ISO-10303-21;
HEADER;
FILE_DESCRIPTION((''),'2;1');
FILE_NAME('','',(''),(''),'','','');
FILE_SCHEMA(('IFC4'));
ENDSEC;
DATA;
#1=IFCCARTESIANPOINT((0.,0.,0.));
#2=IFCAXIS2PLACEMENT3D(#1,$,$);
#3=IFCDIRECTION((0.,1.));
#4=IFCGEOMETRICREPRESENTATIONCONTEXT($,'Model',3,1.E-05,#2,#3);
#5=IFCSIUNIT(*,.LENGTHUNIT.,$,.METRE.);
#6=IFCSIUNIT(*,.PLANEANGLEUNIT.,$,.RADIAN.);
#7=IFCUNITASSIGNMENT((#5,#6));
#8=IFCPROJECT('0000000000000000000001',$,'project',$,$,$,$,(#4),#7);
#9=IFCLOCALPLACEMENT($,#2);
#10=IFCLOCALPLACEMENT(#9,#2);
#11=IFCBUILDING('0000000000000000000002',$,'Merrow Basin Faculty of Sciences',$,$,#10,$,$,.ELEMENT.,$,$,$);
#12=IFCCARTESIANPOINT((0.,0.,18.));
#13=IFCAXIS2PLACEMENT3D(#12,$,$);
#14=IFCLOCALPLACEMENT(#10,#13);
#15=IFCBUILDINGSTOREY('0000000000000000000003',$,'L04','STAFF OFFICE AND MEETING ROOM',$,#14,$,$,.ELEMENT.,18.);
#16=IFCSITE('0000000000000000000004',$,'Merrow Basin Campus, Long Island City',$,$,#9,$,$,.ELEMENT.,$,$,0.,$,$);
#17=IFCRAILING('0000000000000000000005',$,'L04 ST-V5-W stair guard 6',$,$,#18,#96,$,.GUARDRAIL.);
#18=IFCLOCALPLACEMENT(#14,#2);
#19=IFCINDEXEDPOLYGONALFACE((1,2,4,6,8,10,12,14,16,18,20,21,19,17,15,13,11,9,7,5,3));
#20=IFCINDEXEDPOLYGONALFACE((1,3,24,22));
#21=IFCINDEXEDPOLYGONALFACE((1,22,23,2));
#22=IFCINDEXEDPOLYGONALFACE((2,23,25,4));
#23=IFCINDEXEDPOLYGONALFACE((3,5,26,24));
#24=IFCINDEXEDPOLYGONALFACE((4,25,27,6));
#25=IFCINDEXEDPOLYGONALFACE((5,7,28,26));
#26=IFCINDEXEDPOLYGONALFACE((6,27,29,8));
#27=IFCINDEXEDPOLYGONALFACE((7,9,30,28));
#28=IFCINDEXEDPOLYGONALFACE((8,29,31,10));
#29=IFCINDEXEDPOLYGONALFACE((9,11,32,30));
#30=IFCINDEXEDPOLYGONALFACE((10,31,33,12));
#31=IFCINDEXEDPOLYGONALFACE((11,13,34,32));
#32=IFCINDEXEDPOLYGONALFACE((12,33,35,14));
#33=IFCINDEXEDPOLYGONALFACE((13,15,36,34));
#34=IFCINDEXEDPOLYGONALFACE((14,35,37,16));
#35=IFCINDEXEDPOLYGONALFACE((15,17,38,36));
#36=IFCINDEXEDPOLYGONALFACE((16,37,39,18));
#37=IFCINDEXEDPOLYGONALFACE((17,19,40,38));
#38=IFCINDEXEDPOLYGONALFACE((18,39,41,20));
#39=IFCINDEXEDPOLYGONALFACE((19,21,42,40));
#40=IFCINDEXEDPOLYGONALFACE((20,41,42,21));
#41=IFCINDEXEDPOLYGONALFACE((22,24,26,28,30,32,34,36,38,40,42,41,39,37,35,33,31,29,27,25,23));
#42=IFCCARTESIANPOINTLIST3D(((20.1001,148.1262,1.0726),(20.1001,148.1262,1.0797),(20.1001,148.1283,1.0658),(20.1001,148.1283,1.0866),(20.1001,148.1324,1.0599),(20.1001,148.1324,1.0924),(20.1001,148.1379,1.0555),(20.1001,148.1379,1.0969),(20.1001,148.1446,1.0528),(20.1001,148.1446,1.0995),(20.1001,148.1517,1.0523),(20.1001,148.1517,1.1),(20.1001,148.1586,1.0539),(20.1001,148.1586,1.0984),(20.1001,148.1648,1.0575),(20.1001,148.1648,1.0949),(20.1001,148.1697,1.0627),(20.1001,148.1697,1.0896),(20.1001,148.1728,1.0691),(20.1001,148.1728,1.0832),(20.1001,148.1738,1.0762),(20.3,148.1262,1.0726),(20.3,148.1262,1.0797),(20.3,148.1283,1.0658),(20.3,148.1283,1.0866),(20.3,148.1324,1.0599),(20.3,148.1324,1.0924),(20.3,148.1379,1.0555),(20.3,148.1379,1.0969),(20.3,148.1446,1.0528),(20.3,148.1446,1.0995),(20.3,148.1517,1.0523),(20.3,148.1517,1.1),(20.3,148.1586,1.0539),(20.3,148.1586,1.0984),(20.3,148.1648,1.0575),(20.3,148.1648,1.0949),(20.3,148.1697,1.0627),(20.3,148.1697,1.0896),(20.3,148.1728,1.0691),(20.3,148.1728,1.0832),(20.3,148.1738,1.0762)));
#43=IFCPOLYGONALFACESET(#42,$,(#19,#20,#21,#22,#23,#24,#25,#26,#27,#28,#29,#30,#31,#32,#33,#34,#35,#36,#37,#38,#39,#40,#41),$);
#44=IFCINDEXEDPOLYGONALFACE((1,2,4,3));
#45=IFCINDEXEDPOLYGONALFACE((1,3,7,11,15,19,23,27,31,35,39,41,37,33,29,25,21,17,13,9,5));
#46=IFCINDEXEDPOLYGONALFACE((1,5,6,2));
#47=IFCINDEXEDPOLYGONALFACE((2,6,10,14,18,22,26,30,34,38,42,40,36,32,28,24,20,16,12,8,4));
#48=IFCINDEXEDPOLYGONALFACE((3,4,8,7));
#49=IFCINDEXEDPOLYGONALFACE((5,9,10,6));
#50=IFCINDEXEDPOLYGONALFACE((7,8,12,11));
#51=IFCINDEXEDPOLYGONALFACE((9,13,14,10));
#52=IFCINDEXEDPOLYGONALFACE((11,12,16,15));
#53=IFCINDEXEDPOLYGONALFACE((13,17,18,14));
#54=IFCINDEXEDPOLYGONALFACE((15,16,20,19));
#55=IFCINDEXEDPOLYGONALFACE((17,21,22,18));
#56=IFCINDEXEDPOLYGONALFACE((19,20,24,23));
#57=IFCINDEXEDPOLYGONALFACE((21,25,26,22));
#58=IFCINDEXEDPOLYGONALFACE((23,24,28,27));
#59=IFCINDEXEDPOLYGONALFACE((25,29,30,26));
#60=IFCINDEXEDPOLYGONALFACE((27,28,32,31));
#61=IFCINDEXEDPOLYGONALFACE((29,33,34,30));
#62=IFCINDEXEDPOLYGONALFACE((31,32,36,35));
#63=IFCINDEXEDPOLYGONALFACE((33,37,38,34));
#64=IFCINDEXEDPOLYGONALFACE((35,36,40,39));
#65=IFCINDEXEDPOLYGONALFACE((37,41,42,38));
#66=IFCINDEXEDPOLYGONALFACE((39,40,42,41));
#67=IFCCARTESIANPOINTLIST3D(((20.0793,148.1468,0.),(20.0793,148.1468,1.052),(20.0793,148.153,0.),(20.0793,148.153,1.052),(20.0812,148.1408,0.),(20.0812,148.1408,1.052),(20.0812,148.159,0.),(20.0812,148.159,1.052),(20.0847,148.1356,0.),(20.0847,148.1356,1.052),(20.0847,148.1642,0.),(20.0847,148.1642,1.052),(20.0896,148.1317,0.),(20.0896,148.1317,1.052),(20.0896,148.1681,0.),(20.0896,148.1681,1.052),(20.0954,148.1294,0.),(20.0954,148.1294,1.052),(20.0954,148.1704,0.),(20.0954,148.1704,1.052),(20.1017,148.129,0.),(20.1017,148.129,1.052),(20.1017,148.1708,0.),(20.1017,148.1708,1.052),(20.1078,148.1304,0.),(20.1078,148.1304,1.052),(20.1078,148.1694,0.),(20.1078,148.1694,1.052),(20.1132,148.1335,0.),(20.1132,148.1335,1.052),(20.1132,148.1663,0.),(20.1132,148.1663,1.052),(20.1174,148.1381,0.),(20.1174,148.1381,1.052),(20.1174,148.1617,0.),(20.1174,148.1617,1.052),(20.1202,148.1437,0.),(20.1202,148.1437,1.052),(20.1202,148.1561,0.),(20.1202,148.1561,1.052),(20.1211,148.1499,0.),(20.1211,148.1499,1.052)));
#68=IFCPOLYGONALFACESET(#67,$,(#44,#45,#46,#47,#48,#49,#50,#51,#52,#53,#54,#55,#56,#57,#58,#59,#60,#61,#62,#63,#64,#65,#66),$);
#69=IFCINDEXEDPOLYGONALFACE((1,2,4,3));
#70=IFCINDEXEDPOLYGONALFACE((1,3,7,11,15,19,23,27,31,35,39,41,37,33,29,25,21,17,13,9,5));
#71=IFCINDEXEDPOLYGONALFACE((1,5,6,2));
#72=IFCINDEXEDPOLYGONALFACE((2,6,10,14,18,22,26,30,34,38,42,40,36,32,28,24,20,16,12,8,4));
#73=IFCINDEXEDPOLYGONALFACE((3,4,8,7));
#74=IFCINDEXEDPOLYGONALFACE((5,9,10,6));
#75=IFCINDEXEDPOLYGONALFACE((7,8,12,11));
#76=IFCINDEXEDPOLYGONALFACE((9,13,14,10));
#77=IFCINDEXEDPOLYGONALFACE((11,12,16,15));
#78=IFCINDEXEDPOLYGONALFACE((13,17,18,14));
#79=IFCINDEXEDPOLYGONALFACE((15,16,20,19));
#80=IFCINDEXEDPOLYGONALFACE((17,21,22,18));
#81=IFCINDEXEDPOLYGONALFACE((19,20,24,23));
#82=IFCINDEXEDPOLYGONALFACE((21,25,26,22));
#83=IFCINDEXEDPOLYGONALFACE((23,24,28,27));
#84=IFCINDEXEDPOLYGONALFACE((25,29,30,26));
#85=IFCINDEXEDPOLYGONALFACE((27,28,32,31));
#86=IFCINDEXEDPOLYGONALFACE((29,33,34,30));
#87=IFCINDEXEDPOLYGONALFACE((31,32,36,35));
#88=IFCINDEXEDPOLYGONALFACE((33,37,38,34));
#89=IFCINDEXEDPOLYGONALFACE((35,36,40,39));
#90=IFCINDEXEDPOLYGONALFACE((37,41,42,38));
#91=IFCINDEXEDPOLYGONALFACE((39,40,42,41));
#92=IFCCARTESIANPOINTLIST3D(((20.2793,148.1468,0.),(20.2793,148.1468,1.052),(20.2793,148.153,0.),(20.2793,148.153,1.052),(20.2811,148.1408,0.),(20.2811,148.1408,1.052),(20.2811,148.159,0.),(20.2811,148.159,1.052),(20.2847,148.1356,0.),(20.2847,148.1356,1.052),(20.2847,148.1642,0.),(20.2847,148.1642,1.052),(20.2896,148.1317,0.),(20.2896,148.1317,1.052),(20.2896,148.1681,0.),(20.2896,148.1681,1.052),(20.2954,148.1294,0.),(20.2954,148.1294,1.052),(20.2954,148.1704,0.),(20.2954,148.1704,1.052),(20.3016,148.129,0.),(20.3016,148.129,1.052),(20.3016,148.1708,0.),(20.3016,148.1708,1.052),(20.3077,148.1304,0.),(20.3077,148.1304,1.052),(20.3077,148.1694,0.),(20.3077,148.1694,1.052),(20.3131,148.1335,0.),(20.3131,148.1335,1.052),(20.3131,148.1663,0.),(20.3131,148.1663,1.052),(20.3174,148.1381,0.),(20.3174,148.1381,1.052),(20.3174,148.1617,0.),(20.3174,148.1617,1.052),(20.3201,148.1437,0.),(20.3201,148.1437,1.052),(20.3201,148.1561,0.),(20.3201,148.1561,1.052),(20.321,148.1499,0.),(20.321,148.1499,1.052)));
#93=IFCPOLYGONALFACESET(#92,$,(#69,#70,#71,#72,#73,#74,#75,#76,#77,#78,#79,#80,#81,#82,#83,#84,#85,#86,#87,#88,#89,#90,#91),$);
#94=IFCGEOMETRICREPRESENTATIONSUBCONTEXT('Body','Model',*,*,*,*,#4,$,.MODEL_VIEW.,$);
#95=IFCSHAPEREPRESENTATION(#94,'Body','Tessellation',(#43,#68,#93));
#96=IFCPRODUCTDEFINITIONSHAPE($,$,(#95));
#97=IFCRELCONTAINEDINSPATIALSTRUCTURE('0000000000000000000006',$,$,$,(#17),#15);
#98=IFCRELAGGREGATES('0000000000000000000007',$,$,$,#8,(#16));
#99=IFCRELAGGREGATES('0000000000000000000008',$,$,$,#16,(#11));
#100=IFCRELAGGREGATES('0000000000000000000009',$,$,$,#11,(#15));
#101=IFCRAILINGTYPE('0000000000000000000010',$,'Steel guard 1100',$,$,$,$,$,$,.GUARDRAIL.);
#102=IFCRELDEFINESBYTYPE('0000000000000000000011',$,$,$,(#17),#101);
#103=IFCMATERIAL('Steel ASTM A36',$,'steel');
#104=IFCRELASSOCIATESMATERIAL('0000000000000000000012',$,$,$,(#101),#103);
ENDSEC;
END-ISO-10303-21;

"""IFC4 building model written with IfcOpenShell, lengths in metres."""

from ifc_helpers import new_model, si_unit, direction, frame, origin, origin_2d, place, context, subcontext, project, spatial, circle, extrude, material, type_object, element, save


model = new_model("IFC4")

# Units and contexts
model_context = context("Model", 3, precision=1e-05, world=origin(), true_north=direction((0.0, 1.0)))
body_context = subcontext(model_context, "Body", "Model", "MODEL_VIEW")
ifc_project = project(units=[si_unit("LENGTHUNIT", "METRE"), si_unit("PLANEANGLEUNIT", "RADIAN")], contexts=[model_context])

# Site, building, storey
site_placement = place(None, origin())
site = spatial("IfcSite", under=ifc_project, at=site_placement, Name="Merrow Basin Campus, Long Island City", CompositionType="ELEMENT", RefElevation=0.0)
building_placement = place(site_placement, origin())
building = spatial("IfcBuilding", under=site, at=building_placement, Name="Merrow Basin Faculty of Sciences", CompositionType="ELEMENT")
storey_placement = place(building_placement, frame((0.0, 0.0, 18.0)))
storey = spatial("IfcBuildingStorey", under=building, at=storey_placement, Name="L04", Description="STAFF OFFICE AND MEETING ROOM", CompositionType="ELEMENT", Elevation=18.0)

# Railing
ifc_material_1 = material(Name="Steel ASTM A36", Category="steel")
railing_type_1 = type_object("IfcRailingType", Name="Steel guard 1100", PredefinedType="GUARDRAIL", material=ifc_material_1)
railing_1_placement = place(storey_placement, frame((20.1001, 148.1499, 0.0)))
element("IfcRailing", 1, at=railing_1_placement, inside=storey, type_object=railing_type_1, Name="L04 ST-V5-W stair guard 6", PredefinedType="GUARDRAIL", context=body_context, shape_type="SweptSolid", body=[
    extrude(circle(Radius=0.0239, at=origin_2d()), frame((0.0, 0.0, 1.0762), z_axis=(1.0, 0.0, 0.0), x_axis=(0.0, 1.0, 0.0)), (0.0, 0.0, 1.0), 0.2),
    extrude(circle(Radius=0.021, at=origin_2d()), origin(), (0.0, 0.0, 1.0), 1.052),
    extrude(circle(Radius=0.021, at=origin_2d()), frame((0.2, 0.0, 0.0)), (0.0, 0.0, 1.0), 1.052),
])

save(model, "model.ifc")
